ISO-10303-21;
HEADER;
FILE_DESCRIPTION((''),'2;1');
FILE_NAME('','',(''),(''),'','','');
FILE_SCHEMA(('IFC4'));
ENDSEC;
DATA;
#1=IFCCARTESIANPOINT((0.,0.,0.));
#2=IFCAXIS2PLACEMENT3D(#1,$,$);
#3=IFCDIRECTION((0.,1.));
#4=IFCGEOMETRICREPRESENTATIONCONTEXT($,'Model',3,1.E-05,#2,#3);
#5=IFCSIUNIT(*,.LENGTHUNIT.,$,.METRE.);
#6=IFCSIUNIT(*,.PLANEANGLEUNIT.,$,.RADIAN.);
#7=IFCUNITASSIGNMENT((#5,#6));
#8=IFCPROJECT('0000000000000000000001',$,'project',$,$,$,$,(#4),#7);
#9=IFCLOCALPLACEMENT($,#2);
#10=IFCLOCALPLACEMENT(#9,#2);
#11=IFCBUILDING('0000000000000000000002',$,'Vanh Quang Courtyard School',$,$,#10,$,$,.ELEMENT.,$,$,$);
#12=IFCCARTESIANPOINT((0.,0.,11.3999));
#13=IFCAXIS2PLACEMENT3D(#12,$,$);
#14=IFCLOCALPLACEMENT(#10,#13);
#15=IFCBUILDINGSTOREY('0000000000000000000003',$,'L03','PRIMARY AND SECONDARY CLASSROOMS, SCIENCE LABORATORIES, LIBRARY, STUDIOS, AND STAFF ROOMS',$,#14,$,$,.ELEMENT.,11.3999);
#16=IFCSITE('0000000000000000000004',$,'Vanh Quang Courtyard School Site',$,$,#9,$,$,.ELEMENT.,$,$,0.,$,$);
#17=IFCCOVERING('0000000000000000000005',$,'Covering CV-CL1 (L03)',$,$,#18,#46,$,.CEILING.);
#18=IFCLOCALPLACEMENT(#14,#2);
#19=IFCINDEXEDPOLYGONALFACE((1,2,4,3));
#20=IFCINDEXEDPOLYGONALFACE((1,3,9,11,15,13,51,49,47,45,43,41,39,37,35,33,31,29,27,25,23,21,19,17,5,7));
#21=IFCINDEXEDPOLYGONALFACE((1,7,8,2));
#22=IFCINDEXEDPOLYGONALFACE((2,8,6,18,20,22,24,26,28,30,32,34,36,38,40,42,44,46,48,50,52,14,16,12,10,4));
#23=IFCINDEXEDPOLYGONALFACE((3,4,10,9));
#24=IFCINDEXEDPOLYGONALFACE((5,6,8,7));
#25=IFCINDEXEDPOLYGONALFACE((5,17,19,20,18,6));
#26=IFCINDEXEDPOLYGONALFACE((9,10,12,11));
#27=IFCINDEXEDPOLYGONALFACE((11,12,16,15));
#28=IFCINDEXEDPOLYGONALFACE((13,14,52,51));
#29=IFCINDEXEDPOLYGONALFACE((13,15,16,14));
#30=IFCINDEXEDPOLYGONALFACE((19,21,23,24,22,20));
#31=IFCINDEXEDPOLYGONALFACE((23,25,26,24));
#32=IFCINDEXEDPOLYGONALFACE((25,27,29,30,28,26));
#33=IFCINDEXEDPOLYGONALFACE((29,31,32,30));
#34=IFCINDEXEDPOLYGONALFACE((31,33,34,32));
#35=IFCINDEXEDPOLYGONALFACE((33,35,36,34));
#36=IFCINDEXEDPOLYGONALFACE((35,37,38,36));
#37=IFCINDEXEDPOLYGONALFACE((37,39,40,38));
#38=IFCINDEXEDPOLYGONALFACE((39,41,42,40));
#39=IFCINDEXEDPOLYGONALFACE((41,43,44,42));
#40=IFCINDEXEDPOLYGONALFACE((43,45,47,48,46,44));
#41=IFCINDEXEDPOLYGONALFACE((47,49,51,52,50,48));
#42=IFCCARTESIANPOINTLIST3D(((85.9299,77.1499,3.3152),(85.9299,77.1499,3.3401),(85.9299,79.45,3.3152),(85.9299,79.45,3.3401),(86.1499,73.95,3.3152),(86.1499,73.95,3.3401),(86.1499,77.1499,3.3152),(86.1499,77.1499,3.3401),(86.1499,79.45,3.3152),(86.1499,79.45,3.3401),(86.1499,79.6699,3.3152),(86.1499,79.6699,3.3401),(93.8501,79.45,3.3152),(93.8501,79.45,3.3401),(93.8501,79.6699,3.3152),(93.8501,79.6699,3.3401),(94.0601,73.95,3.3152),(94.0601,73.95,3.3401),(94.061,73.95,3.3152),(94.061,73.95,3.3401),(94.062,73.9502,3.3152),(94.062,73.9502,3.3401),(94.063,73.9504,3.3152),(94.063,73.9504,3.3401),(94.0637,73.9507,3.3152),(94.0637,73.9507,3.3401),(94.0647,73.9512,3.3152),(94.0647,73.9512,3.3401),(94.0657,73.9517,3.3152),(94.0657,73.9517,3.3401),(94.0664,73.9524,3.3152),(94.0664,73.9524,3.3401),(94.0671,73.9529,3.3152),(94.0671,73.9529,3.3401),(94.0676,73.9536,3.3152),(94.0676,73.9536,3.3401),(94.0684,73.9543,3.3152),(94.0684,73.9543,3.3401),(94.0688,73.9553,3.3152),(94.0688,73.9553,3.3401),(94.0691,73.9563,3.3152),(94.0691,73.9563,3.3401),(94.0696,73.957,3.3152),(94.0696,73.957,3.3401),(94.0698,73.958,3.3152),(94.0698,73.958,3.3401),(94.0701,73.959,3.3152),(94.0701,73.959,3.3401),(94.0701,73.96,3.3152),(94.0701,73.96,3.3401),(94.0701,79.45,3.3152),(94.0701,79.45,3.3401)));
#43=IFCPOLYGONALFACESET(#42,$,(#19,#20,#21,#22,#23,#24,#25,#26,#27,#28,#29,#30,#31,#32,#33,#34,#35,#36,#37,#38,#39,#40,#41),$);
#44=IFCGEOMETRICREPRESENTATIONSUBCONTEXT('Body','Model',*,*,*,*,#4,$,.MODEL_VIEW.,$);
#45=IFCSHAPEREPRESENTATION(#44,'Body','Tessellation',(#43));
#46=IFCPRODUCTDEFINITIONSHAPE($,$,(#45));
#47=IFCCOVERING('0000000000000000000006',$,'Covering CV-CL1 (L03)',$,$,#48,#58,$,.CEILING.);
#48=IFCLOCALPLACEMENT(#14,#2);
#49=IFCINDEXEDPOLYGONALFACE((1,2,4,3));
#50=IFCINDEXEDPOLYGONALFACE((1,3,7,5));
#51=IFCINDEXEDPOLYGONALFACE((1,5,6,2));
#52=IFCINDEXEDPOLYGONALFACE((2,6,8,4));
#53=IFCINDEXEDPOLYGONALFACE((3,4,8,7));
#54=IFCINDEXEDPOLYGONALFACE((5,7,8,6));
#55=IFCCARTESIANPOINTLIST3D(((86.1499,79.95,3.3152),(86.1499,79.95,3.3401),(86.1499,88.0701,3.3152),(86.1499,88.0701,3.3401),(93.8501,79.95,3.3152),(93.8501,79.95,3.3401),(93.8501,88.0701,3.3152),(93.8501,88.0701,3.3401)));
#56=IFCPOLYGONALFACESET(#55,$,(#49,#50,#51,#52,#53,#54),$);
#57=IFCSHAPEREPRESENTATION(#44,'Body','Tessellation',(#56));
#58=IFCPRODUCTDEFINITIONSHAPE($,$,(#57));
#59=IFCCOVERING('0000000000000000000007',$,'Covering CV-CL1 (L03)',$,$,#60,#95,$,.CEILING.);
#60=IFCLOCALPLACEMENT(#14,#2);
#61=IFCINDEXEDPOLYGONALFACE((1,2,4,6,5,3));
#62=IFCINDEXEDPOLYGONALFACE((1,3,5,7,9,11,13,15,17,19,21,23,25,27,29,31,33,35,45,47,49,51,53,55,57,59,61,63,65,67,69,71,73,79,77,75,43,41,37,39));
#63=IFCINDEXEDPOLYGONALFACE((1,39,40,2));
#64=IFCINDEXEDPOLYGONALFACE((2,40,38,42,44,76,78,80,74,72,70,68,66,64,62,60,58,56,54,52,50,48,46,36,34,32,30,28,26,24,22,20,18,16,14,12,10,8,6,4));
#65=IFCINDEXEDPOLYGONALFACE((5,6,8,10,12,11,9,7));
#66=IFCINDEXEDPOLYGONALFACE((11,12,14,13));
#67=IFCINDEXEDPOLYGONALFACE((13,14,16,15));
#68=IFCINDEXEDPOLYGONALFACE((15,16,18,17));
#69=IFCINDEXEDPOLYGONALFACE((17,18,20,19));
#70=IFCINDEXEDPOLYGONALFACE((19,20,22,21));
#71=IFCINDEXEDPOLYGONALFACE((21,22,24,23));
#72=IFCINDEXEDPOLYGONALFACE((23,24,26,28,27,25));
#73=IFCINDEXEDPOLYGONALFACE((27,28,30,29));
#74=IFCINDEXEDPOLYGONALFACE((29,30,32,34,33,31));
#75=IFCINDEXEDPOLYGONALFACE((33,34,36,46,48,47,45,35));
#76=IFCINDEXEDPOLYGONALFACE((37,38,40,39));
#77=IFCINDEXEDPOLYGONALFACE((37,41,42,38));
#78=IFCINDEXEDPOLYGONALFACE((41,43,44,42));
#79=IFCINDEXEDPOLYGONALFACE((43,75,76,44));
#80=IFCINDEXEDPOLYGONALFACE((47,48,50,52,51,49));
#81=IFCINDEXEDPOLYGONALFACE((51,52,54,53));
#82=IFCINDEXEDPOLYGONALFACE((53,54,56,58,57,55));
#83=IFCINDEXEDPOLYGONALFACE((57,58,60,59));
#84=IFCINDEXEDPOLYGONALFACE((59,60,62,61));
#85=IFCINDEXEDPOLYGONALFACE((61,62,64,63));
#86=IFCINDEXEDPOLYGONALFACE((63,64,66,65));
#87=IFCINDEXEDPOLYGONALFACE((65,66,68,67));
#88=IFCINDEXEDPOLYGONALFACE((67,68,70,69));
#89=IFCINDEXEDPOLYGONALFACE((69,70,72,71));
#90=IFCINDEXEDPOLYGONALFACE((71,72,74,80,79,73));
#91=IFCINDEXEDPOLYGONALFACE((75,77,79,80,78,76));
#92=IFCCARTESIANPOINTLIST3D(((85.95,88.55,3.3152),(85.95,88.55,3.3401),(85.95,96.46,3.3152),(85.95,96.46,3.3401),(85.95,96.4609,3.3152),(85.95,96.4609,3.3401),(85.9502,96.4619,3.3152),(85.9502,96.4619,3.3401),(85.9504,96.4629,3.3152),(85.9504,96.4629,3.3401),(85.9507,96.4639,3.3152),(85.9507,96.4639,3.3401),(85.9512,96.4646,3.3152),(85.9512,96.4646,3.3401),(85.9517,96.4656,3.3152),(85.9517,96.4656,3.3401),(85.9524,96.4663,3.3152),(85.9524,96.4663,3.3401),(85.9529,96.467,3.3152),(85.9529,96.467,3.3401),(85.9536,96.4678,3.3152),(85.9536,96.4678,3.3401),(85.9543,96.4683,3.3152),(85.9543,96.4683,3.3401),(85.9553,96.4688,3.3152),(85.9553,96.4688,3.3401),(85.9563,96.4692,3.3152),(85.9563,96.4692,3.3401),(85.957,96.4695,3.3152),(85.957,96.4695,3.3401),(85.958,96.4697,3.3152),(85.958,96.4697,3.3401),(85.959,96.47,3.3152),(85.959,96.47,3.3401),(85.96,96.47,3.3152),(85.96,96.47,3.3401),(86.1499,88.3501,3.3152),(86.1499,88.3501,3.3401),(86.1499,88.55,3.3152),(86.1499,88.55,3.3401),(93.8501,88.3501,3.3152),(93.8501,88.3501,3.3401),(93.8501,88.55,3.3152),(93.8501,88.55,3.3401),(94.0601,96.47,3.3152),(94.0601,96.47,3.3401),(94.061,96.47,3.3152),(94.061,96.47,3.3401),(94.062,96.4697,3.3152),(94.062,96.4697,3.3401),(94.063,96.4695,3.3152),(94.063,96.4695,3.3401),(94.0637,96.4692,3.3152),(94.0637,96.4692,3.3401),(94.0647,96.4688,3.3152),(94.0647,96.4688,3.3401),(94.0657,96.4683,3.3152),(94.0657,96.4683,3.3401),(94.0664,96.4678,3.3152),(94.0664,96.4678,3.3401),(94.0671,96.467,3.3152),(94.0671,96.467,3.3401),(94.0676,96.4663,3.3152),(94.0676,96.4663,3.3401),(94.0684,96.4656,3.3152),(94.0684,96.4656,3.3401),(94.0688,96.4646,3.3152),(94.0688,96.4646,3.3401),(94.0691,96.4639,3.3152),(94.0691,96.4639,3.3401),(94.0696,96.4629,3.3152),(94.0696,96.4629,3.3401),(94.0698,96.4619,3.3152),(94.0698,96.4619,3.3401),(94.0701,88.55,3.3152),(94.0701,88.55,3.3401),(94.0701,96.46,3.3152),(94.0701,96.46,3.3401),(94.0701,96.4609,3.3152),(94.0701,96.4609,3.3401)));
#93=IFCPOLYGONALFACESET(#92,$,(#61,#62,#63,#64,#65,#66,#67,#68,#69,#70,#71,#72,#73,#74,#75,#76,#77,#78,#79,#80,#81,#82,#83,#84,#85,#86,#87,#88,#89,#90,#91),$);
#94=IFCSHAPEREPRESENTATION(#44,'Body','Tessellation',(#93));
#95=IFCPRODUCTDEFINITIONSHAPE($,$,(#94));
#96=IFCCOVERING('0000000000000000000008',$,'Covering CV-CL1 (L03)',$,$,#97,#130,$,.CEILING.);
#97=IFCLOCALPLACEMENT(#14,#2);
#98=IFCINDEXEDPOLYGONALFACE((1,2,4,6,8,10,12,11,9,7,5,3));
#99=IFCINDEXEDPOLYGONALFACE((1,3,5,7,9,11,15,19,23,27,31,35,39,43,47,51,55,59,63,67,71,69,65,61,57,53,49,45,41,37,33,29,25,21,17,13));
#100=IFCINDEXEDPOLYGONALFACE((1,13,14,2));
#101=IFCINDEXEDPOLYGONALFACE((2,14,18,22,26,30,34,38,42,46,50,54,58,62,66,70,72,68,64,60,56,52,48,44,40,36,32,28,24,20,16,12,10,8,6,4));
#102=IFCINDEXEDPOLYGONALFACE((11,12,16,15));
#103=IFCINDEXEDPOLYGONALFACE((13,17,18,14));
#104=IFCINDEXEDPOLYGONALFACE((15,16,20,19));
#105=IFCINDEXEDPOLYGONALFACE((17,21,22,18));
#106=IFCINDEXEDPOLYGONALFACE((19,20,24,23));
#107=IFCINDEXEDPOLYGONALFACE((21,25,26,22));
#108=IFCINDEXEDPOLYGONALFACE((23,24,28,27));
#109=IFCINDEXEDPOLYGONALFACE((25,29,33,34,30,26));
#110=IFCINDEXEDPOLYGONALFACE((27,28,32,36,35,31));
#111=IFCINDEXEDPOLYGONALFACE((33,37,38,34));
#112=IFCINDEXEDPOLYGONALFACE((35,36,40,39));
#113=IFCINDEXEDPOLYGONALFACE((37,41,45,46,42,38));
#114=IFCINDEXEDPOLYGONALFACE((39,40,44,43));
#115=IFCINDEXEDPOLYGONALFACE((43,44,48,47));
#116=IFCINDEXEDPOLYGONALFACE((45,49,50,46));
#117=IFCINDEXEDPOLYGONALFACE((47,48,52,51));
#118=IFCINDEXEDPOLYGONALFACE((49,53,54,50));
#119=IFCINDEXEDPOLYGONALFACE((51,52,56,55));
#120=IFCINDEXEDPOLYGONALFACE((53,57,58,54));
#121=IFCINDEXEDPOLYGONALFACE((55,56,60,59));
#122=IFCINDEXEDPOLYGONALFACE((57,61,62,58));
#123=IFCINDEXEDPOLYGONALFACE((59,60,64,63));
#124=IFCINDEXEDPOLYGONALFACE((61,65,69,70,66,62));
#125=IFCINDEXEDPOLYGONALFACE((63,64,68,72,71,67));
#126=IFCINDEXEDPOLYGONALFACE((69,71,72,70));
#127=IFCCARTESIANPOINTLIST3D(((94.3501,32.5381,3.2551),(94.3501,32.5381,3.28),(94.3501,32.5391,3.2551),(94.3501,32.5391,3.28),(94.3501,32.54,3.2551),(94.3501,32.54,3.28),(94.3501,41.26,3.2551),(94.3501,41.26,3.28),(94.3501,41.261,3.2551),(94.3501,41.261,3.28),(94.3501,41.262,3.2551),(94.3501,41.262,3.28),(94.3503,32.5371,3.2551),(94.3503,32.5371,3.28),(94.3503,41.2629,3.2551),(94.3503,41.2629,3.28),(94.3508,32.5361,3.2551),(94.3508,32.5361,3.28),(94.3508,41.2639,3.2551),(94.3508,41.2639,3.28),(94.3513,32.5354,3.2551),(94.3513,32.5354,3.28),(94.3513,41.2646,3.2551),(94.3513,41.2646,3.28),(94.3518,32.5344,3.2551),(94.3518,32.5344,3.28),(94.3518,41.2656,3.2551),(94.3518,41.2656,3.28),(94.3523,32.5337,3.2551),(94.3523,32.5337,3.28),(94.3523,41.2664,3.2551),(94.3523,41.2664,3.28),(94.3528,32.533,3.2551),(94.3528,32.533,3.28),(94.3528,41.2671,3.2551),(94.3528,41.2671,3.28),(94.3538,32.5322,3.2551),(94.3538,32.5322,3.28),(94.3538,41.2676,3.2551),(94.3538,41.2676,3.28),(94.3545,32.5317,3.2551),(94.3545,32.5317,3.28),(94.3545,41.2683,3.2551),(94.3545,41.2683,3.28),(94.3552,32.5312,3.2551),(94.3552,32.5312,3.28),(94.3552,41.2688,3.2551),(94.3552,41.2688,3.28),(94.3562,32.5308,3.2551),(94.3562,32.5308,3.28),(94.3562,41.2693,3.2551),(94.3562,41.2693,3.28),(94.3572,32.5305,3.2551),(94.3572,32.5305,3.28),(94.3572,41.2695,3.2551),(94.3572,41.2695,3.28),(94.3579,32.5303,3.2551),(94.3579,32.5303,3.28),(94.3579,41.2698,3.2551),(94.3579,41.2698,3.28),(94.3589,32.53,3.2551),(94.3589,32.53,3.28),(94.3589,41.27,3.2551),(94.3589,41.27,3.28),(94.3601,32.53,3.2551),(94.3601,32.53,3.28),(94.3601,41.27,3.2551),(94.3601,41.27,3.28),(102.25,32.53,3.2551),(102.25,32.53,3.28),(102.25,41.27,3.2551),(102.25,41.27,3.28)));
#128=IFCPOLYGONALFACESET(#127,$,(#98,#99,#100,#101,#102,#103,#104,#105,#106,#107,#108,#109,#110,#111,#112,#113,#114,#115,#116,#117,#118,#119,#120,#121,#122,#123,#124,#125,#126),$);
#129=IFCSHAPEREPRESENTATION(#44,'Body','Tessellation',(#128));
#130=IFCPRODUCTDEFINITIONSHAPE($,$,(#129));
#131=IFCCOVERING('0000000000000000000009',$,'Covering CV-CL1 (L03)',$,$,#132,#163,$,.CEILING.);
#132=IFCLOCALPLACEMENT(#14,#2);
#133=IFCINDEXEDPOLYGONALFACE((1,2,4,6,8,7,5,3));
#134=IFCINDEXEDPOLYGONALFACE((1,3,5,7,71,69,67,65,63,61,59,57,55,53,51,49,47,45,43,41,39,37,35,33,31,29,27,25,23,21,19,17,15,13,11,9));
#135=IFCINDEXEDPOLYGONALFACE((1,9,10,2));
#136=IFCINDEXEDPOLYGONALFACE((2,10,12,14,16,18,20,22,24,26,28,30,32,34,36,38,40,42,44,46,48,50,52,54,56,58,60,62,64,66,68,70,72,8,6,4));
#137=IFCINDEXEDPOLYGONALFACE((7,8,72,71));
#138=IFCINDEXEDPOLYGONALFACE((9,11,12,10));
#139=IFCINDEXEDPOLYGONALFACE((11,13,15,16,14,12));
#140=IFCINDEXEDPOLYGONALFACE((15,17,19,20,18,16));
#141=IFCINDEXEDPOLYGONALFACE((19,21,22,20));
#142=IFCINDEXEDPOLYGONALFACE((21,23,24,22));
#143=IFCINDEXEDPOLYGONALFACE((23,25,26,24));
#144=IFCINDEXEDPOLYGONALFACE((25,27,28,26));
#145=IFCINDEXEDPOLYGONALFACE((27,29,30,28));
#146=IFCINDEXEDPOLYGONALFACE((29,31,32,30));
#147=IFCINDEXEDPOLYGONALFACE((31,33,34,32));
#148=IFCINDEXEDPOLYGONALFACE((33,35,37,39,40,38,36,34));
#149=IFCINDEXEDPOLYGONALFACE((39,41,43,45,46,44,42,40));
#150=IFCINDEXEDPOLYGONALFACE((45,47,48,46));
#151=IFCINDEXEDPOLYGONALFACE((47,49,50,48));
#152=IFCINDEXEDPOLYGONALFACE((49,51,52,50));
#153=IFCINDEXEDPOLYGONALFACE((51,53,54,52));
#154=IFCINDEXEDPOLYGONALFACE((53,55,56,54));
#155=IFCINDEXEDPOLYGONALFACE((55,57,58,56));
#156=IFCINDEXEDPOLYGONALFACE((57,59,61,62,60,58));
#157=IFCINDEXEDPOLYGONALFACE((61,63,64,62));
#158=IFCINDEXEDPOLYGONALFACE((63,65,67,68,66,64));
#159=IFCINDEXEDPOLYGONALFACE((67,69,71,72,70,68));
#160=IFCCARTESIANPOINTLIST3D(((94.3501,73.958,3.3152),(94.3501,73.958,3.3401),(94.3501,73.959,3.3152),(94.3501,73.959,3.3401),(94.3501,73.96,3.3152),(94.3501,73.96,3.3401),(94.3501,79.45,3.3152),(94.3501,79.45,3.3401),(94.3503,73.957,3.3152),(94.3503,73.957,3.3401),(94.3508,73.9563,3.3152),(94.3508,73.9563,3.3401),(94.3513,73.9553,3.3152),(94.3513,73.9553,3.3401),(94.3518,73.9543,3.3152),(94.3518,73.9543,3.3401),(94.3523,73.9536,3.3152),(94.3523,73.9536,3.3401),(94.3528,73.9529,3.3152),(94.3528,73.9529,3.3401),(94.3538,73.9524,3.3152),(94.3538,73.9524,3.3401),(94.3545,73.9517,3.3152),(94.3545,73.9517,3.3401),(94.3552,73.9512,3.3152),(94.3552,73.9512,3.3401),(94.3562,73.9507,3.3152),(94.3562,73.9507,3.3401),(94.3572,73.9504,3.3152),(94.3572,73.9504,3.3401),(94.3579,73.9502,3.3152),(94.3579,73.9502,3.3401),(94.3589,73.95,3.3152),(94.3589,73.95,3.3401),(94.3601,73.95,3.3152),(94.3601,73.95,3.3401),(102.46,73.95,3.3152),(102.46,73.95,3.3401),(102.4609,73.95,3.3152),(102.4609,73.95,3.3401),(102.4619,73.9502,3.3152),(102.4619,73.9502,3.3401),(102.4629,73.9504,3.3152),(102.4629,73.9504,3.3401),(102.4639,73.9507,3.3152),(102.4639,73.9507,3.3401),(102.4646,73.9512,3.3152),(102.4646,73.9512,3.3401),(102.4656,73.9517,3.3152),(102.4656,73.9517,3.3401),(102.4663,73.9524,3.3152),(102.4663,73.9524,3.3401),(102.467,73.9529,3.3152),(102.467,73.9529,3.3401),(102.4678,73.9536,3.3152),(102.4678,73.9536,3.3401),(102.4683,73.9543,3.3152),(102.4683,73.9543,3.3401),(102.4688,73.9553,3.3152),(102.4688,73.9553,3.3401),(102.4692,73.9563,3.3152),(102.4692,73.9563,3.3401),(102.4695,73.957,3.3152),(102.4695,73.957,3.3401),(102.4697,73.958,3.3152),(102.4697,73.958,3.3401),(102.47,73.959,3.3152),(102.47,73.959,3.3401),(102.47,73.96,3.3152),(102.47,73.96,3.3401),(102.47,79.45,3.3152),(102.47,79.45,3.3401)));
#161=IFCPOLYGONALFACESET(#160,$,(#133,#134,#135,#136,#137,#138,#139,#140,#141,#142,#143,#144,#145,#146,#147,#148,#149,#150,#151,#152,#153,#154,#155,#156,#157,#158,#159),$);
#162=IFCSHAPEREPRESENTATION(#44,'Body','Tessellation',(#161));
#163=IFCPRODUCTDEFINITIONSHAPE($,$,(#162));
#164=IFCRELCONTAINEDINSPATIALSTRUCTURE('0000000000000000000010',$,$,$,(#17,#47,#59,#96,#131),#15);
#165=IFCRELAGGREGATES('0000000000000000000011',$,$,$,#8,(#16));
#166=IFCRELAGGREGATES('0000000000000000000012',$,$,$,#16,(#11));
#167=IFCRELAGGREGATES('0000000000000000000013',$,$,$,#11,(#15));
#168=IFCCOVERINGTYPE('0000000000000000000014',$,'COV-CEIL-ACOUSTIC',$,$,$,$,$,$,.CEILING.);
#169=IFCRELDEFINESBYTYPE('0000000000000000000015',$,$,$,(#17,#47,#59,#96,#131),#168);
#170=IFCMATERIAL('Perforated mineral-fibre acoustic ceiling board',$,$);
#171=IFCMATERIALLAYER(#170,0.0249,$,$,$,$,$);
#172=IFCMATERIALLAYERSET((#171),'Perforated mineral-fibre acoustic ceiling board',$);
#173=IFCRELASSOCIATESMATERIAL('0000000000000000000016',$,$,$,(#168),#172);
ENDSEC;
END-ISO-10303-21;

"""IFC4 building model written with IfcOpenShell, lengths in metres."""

from ifc_helpers import new_model, si_unit, direction, frame, origin, place, context, subcontext, project, spatial, polyline, outline, extrude, material, layer, layer_set, type_object, element, save


model = new_model("IFC4")

# Units and contexts
model_context = context("Model", 3, precision=1e-05, world=origin(), true_north=direction((0.0, 1.0)))
body_context = subcontext(model_context, "Body", "Model", "MODEL_VIEW")
ifc_project = project(units=[si_unit("LENGTHUNIT", "METRE"), si_unit("PLANEANGLEUNIT", "RADIAN")], contexts=[model_context])

# Site, building, storey
site_placement = place(None, origin())
site = spatial("IfcSite", under=ifc_project, at=site_placement, Name="Vanh Quang Courtyard School Site", CompositionType="ELEMENT", RefElevation=0.0)
building_placement = place(site_placement, origin())
building = spatial("IfcBuilding", under=site, at=building_placement, Name="Vanh Quang Courtyard School", CompositionType="ELEMENT")
storey_placement = place(building_placement, frame((0.0, 0.0, 11.3999)))
storey = spatial("IfcBuildingStorey", under=building, at=storey_placement, Name="L03", Description="PRIMARY AND SECONDARY CLASSROOMS, SCIENCE LABORATORIES, LIBRARY, STUDIOS, AND STAFF ROOMS", CompositionType="ELEMENT", Elevation=11.3999)

# Coverings
ifc_material_1 = material(Name="Perforated mineral-fibre acoustic ceiling board")
ifc_layer_1 = layer(ifc_material_1, 0.0249)
ifc_layer_set_1 = layer_set([ifc_layer_1], Name="Perforated mineral-fibre acoustic ceiling board")
covering_type_1 = type_object("IfcCoveringType", Name="COV-CEIL-ACOUSTIC", PredefinedType="CEILING", material=ifc_layer_set_1)
covering_1_placement = place(storey_placement, frame((0.0, 0.0, 3.3152)))
element("IfcCovering", 1, at=covering_1_placement, inside=storey, type_object=covering_type_1, Name="Covering CV-CL1 (L03)", PredefinedType="CEILING", context=body_context, shape_type="SweptSolid", body=[
    extrude(outline(polyline([(85.9299, 79.45), (86.1499, 79.45), (86.1499, 79.6699), (93.8501, 79.6699), (93.8501, 79.45), (94.0701, 79.45), (94.0701, 73.96), (94.0701, 73.959), (94.0698, 73.958), (94.0696, 73.957), (94.0691, 73.9563), (94.0688, 73.9553), (94.0684, 73.9543), (94.0676, 73.9536), (94.0671, 73.9529), (94.0664, 73.9524), (94.0657, 73.9517), (94.0647, 73.9512), (94.0637, 73.9507), (94.063, 73.9504), (94.062, 73.9502), (94.061, 73.95), (94.0601, 73.95), (86.1499, 73.95), (86.1499, 77.1499), (85.9299, 77.1499), (85.9299, 79.45)])), origin(), (0.0, 0.0, 1.0), 0.0249),
])
covering_2_placement = place(storey_placement, frame((0.0, 0.0, 3.3152)))
element("IfcCovering", 2, at=covering_2_placement, inside=storey, type_object=covering_type_1, Name="Covering CV-CL1 (L03)", PredefinedType="CEILING", context=body_context, shape_type="SweptSolid", body=[
    extrude(outline(polyline([(86.1499, 79.95), (86.1499, 88.0701), (93.8501, 88.0701), (93.8501, 79.95), (86.1499, 79.95)])), origin(), (0.0, 0.0, 1.0), 0.0249),
])
covering_3_placement = place(storey_placement, frame((0.0, 0.0, 3.3152)))
element("IfcCovering", 3, at=covering_3_placement, inside=storey, type_object=covering_type_1, Name="Covering CV-CL1 (L03)", PredefinedType="CEILING", context=body_context, shape_type="SweptSolid", body=[
    extrude(outline(polyline([(86.1499, 88.3501), (86.1499, 88.55), (85.95, 88.55), (85.95, 96.46), (85.95, 96.4609), (85.9502, 96.4619), (85.9504, 96.4629), (85.9507, 96.4639), (85.9512, 96.4646), (85.9517, 96.4656), (85.9524, 96.4663), (85.9529, 96.467), (85.9536, 96.4678), (85.9543, 96.4683), (85.9553, 96.4688), (85.9563, 96.4692), (85.957, 96.4695), (85.958, 96.4697), (85.959, 96.47), (85.96, 96.47), (94.0601, 96.47), (94.061, 96.47), (94.062, 96.4697), (94.063, 96.4695), (94.0637, 96.4692), (94.0647, 96.4688), (94.0657, 96.4683), (94.0664, 96.4678), (94.0671, 96.467), (94.0676, 96.4663), (94.0684, 96.4656), (94.0688, 96.4646), (94.0691, 96.4639), (94.0696, 96.4629), (94.0698, 96.4619), (94.0701, 96.4609), (94.0701, 96.46), (94.0701, 88.55), (93.8501, 88.55), (93.8501, 88.3501), (86.1499, 88.3501)])), origin(), (0.0, 0.0, 1.0), 0.0249),
])
covering_4_placement = place(storey_placement, frame((0.0, 0.0, 3.2551)))
element("IfcCovering", 4, at=covering_4_placement, inside=storey, type_object=covering_type_1, Name="Covering CV-CL1 (L03)", PredefinedType="CEILING", context=body_context, shape_type="SweptSolid", body=[
    extrude(outline(polyline([(94.3601, 32.53), (94.3589, 32.53), (94.3579, 32.5303), (94.3572, 32.5305), (94.3562, 32.5308), (94.3552, 32.5312), (94.3545, 32.5317), (94.3538, 32.5322), (94.3528, 32.533), (94.3523, 32.5337), (94.3518, 32.5344), (94.3513, 32.5354), (94.3508, 32.5361), (94.3503, 32.5371), (94.3501, 32.5381), (94.3501, 32.5391), (94.3501, 32.54), (94.3501, 41.26), (94.3501, 41.261), (94.3501, 41.262), (94.3503, 41.2629), (94.3508, 41.2639), (94.3513, 41.2646), (94.3518, 41.2656), (94.3523, 41.2664), (94.3528, 41.2671), (94.3538, 41.2676), (94.3545, 41.2683), (94.3552, 41.2688), (94.3562, 41.2693), (94.3572, 41.2695), (94.3579, 41.2698), (94.3589, 41.27), (94.3601, 41.27), (102.25, 41.27), (102.25, 32.53), (94.3601, 32.53)])), origin(), (0.0, 0.0, 1.0), 0.0249),
])
covering_5_placement = place(storey_placement, frame((0.0, 0.0, 3.3152)))
element("IfcCovering", 5, at=covering_5_placement, inside=storey, type_object=covering_type_1, Name="Covering CV-CL1 (L03)", PredefinedType="CEILING", context=body_context, shape_type="SweptSolid", body=[
    extrude(outline(polyline([(94.3601, 73.95), (94.3589, 73.95), (94.3579, 73.9502), (94.3572, 73.9504), (94.3562, 73.9507), (94.3552, 73.9512), (94.3545, 73.9517), (94.3538, 73.9524), (94.3528, 73.9529), (94.3523, 73.9536), (94.3518, 73.9543), (94.3513, 73.9553), (94.3508, 73.9563), (94.3503, 73.957), (94.3501, 73.958), (94.3501, 73.959), (94.3501, 73.96), (94.3501, 79.45), (102.47, 79.45), (102.47, 73.96), (102.47, 73.959), (102.4697, 73.958), (102.4695, 73.957), (102.4692, 73.9563), (102.4688, 73.9553), (102.4683, 73.9543), (102.4678, 73.9536), (102.467, 73.9529), (102.4663, 73.9524), (102.4656, 73.9517), (102.4646, 73.9512), (102.4639, 73.9507), (102.4629, 73.9504), (102.4619, 73.9502), (102.4609, 73.95), (102.46, 73.95), (94.3601, 73.95)])), origin(), (0.0, 0.0, 1.0), 0.0249),
])

save(model, "model.ifc")
